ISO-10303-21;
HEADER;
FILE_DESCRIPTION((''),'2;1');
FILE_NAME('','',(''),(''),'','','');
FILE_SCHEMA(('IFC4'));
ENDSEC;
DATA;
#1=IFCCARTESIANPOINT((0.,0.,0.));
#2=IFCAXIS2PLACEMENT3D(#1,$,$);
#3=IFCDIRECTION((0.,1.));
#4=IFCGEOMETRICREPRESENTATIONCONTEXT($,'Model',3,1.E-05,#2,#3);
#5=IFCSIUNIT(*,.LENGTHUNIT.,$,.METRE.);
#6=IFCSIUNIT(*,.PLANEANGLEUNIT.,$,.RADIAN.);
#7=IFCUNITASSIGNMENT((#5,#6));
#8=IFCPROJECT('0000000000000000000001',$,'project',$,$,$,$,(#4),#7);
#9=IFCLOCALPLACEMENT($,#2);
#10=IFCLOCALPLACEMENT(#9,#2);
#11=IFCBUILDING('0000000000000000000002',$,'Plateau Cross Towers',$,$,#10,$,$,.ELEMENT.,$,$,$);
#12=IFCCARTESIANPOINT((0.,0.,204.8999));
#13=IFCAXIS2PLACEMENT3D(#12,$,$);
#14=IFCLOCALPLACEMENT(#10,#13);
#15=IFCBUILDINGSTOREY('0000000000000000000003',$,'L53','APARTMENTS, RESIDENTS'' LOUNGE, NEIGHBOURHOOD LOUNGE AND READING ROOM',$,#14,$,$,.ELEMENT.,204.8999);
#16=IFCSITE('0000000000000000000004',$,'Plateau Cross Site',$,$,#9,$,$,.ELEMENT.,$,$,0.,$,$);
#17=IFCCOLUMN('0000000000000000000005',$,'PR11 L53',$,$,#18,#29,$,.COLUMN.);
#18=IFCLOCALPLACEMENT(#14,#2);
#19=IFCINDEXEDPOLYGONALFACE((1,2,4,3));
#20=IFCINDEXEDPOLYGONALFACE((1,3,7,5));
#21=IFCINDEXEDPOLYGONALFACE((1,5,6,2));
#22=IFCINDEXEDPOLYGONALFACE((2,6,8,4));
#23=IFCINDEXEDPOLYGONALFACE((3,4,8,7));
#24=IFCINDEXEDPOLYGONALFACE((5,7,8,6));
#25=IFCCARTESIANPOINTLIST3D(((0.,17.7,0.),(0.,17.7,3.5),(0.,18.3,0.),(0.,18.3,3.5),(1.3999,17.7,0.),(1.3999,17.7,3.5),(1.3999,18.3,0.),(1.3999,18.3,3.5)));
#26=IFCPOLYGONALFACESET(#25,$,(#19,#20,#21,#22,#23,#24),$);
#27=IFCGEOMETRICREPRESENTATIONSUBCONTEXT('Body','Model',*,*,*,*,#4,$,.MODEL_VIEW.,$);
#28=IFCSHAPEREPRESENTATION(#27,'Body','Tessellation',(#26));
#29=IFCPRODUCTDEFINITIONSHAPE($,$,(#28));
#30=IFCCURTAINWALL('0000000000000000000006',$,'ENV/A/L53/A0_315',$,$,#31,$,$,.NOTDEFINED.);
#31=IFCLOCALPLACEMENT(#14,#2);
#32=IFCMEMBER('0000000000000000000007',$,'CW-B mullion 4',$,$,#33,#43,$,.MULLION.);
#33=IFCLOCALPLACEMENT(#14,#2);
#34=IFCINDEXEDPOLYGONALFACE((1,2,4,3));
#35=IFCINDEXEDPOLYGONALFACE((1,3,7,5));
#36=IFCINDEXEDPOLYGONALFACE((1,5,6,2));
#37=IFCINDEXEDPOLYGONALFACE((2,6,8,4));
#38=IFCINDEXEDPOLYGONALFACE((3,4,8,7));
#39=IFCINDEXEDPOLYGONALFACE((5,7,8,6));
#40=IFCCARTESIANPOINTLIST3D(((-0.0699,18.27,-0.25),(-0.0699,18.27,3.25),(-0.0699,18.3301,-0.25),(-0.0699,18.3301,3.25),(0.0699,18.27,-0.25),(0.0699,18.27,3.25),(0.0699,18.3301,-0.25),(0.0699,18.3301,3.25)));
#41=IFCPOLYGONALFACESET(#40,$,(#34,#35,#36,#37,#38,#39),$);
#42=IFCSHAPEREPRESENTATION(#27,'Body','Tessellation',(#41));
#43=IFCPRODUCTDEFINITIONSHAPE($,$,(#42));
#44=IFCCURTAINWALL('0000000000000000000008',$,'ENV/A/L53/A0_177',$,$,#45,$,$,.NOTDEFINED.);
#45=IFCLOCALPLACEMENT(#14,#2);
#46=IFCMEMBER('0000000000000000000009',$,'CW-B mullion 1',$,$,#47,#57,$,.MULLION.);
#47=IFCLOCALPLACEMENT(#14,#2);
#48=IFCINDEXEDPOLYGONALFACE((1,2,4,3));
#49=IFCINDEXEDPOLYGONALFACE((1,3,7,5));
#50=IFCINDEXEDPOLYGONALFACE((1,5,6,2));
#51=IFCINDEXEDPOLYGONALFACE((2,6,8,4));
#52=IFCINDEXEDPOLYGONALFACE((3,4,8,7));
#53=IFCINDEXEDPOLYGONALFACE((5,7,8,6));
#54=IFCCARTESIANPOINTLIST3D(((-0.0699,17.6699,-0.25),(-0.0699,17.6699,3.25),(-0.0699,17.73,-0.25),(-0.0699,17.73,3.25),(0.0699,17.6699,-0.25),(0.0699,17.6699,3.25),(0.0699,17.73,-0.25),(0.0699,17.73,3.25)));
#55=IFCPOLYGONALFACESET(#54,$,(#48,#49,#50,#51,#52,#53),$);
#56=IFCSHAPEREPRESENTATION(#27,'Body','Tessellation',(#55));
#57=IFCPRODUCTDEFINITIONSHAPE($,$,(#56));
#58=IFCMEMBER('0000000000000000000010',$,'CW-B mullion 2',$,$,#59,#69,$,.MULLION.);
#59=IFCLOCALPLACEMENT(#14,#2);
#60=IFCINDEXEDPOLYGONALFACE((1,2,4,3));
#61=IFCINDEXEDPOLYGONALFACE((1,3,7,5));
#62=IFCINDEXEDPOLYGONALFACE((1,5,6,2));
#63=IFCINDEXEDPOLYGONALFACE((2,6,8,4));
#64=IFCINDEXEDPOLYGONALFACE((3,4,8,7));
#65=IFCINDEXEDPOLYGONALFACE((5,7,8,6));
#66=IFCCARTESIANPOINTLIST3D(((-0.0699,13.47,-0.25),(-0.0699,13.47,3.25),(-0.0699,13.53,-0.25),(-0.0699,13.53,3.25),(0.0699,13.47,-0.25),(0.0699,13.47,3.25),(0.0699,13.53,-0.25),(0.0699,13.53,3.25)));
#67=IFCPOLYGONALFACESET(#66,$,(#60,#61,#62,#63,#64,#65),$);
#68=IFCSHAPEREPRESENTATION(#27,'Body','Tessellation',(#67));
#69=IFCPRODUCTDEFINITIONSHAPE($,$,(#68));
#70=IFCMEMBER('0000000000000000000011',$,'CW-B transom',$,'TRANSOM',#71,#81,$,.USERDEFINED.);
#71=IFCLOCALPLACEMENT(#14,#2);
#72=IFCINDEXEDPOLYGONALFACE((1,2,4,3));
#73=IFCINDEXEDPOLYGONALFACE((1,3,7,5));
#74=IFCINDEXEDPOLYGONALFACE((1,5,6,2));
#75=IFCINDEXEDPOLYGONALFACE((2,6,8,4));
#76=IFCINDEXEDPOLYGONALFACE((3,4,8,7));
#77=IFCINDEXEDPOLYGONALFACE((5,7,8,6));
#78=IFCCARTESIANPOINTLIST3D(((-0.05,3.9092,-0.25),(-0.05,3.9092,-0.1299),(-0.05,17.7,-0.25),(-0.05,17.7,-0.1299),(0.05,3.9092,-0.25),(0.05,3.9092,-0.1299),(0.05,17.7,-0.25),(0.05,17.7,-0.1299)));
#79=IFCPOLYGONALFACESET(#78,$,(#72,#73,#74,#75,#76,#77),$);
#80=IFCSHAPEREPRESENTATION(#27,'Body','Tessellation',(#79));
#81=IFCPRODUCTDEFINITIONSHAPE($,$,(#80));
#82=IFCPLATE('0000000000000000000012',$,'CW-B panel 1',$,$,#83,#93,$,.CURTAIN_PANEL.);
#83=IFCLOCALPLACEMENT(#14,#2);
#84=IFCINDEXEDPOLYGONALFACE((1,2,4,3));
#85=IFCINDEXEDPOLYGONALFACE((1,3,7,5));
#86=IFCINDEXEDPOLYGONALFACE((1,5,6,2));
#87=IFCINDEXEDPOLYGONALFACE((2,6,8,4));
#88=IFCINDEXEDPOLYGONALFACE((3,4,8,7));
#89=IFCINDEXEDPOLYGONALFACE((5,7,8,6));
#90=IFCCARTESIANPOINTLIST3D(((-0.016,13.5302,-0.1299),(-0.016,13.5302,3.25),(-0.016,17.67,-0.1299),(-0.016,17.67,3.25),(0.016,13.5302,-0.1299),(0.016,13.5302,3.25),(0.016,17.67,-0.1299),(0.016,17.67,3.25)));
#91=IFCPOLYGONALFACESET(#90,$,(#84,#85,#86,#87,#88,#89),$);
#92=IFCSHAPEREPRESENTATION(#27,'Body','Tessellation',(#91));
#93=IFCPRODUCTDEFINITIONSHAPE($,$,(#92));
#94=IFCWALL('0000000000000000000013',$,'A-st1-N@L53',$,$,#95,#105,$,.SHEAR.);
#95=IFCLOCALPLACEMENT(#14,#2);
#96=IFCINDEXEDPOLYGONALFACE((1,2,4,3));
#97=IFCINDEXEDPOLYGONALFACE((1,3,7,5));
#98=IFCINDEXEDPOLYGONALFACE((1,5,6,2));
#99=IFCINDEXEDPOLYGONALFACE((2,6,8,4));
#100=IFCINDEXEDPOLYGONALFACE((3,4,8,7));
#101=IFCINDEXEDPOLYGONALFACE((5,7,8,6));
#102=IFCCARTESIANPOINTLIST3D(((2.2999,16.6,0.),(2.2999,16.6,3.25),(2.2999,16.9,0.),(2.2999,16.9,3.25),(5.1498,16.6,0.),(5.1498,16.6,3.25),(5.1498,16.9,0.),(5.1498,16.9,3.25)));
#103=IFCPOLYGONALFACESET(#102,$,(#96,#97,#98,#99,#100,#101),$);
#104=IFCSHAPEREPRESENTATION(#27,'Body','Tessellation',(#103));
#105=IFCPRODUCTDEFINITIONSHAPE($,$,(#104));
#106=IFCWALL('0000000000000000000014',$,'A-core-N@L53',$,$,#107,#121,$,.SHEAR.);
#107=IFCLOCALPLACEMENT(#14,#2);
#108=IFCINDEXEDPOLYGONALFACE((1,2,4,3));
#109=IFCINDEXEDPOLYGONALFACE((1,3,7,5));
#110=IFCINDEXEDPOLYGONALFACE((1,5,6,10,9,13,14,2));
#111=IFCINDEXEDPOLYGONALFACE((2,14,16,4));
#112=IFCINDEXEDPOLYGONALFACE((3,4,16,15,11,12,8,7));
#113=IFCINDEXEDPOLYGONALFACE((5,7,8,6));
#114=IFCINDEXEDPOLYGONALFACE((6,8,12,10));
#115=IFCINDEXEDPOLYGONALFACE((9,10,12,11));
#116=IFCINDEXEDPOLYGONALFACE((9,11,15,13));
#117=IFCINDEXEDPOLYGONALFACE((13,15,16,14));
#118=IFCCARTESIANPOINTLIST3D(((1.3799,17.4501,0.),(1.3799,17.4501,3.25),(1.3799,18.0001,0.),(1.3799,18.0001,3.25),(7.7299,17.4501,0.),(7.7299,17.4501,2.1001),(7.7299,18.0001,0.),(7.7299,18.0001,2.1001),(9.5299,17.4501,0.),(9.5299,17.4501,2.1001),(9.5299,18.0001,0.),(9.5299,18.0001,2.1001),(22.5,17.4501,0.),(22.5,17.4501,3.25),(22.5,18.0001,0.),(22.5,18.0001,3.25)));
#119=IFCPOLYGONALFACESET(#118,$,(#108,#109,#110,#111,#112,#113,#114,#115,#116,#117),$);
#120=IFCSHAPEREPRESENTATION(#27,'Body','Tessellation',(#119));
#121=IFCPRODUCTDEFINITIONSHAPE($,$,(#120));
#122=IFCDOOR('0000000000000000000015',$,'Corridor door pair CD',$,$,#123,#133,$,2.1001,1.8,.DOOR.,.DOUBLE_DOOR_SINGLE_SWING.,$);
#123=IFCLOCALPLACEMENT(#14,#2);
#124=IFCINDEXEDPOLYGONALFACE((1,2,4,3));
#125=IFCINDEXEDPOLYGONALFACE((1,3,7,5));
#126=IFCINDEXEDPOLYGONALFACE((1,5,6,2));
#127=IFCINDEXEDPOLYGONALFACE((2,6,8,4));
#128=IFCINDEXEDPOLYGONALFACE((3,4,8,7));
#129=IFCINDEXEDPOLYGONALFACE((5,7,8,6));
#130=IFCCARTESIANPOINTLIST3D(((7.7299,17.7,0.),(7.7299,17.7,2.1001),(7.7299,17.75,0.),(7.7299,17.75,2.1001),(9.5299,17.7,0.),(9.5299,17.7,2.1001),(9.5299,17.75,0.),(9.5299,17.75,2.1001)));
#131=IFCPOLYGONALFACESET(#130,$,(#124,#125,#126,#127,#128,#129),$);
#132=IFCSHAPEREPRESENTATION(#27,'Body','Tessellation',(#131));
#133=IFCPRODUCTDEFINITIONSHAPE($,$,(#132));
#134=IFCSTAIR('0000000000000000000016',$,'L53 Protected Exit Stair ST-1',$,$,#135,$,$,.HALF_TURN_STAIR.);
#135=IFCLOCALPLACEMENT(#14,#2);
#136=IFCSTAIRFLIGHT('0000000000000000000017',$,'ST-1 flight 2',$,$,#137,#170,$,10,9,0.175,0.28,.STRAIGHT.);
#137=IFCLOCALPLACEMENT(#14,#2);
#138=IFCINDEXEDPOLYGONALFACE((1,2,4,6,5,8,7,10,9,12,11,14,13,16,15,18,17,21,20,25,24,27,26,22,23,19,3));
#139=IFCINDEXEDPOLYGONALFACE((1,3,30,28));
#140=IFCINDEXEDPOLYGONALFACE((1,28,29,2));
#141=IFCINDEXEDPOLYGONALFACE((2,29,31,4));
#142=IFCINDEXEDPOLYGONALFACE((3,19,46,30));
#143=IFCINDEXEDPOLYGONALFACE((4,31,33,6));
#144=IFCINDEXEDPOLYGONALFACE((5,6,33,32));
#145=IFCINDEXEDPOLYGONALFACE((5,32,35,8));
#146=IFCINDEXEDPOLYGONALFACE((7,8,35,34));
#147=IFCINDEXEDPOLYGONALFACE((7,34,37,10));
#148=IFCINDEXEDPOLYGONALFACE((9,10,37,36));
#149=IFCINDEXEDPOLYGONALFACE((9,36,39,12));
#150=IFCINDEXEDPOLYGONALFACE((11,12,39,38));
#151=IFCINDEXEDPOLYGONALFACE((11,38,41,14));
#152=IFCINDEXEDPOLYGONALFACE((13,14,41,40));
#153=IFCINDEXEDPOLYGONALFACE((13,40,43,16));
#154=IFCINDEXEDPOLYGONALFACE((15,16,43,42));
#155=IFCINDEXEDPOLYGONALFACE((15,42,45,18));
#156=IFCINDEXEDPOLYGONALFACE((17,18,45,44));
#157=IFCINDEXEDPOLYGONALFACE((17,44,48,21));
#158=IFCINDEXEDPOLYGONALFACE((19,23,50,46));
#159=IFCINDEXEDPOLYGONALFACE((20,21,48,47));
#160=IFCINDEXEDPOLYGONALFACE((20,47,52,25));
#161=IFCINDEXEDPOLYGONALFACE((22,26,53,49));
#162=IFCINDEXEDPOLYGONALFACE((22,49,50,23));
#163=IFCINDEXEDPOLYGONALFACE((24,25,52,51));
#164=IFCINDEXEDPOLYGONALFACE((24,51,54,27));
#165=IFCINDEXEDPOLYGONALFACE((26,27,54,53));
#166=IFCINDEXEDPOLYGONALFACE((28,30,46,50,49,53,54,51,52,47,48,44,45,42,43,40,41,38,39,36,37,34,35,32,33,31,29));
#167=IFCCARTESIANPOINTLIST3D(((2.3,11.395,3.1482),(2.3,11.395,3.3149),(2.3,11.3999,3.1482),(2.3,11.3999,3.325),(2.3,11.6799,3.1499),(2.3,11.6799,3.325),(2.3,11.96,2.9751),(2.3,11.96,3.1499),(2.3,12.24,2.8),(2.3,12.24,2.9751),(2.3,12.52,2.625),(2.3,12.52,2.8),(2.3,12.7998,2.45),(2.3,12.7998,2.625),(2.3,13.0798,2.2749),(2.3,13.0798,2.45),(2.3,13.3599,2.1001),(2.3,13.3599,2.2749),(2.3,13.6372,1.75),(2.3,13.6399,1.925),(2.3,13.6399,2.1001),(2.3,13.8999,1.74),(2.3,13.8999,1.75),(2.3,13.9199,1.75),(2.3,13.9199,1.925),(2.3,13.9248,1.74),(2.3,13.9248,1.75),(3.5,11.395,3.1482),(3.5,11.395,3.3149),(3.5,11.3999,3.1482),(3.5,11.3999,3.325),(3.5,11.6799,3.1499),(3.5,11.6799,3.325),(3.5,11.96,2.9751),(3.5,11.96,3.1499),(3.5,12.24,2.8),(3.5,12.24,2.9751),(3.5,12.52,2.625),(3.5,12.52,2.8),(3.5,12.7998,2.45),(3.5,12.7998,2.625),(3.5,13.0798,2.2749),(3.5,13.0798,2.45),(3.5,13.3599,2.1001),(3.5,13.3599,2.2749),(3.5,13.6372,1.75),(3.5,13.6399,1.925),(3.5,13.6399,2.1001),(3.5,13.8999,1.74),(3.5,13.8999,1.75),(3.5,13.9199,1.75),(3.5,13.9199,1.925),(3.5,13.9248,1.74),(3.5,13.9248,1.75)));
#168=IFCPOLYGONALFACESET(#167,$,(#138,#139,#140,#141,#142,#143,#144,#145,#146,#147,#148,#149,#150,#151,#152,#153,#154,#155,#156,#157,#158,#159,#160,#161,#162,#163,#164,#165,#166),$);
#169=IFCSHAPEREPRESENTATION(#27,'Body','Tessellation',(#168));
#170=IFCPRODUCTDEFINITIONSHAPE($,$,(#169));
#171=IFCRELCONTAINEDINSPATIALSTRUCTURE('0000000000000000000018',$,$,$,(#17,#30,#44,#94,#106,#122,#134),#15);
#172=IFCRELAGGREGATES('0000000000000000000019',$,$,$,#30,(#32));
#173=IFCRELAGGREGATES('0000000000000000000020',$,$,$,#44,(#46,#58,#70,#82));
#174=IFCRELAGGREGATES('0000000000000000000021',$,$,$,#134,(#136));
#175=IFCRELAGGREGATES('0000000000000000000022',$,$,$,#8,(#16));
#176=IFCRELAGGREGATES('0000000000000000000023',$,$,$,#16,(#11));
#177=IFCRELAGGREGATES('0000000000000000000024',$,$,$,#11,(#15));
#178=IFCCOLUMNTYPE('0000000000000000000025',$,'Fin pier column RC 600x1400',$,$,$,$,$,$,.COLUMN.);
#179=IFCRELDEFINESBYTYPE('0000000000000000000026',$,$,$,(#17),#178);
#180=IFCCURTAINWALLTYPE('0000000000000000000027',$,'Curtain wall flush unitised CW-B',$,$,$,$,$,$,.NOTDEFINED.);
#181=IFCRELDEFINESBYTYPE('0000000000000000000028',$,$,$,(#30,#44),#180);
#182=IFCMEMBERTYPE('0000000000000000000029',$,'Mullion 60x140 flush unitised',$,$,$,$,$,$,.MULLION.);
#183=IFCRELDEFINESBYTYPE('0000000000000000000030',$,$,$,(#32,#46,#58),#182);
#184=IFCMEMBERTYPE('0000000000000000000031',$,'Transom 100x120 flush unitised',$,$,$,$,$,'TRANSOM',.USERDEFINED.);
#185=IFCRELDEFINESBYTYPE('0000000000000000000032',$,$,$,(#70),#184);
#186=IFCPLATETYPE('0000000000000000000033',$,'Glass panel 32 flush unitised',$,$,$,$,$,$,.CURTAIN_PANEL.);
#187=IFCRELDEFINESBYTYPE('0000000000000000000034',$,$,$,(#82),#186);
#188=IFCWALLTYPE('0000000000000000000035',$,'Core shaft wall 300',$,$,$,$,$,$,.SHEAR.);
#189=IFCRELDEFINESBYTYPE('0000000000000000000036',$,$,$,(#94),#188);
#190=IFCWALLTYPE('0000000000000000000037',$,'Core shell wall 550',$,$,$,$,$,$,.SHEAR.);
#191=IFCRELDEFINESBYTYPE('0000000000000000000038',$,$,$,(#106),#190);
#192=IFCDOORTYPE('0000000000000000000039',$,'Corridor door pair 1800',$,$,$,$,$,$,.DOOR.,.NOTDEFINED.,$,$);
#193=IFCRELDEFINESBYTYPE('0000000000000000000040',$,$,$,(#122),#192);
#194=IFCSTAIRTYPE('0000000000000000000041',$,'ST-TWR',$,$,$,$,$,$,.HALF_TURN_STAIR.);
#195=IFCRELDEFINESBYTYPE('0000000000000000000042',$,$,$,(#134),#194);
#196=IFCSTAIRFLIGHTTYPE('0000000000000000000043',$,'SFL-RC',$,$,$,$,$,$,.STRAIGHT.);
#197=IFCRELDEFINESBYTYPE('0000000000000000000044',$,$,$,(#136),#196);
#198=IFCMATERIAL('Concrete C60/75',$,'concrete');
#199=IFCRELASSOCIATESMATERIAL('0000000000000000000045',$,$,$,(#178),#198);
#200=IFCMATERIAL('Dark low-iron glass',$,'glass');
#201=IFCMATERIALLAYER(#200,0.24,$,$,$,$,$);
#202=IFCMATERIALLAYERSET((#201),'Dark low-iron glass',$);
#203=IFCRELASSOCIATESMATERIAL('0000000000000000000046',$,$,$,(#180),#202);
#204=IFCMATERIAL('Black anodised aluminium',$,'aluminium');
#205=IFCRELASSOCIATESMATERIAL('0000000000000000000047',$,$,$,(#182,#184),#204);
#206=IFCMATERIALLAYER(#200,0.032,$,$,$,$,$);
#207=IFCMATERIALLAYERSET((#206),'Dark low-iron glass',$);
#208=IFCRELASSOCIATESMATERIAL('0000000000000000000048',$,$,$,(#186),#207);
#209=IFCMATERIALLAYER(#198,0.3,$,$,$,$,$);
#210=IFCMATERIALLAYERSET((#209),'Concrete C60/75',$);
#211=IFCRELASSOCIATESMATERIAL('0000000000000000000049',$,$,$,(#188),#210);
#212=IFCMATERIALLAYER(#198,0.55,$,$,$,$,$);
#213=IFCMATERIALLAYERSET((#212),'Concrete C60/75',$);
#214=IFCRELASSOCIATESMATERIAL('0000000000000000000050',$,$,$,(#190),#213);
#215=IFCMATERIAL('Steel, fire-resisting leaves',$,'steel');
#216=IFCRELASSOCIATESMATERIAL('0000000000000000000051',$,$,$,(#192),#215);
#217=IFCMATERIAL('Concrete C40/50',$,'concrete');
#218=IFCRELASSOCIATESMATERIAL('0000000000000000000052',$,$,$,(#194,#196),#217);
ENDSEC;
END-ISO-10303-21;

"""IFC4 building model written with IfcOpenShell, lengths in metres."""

from ifc_helpers import new_model, si_unit, direction, frame, frame_2d, origin, origin_2d, place, context, subcontext, project, spatial, polyline, rectangle, outline, extrude, material, layer, layer_set, material_profile, profile_set, type_object, element, fill, aggregate, save


model = new_model("IFC4")

# Units and contexts
model_context = context("Model", 3, precision=1e-05, world=origin(), true_north=direction((0.0, 1.0)))
body_context = subcontext(model_context, "Body", "Model", "MODEL_VIEW")
ifc_project = project(units=[si_unit("LENGTHUNIT", "METRE"), si_unit("PLANEANGLEUNIT", "RADIAN")], contexts=[model_context])

# Site, building, storey
site_placement = place(None, origin())
site = spatial("IfcSite", under=ifc_project, at=site_placement, Name="Plateau Cross Site", CompositionType="ELEMENT", RefElevation=0.0)
building_placement = place(site_placement, origin())
building = spatial("IfcBuilding", under=site, at=building_placement, Name="Plateau Cross Towers", CompositionType="ELEMENT")
storey_placement = place(building_placement, frame((0.0, 0.0, 204.8999)))
storey = spatial("IfcBuildingStorey", under=building, at=storey_placement, Name="L53", Description="APARTMENTS, RESIDENTS' LOUNGE, NEIGHBOURHOOD LOUNGE AND READING ROOM", CompositionType="ELEMENT", Elevation=204.8999)

# Column
ifc_material_1 = material(Name="Concrete C60/75", Category="concrete")
ifc_material_profile_1 = material_profile(ifc_material_1, rectangle(XDim=0.6001, YDim=1.3999, at=origin_2d()), Name="RC 600x1400")
ifc_profile_set_1 = profile_set([ifc_material_profile_1], Name="Concrete C60/75")
column_type = type_object("IfcColumnType", Name="Fin pier column RC 600x1400", PredefinedType="COLUMN", material=ifc_profile_set_1)
column_placement = place(storey_placement, frame((0.7, 18.0, 0.0), z_axis=(0.0, 0.0, 1.0), x_axis=(0.0, 1.0, 0.0)))
element("IfcColumn", 1, at=column_placement, inside=storey, type_object=column_type, Name="PR11 L53", PredefinedType="COLUMN", context=body_context, shape_type="SweptSolid", body=[
    extrude(rectangle(XDim=0.6001, YDim=1.3999, at=origin_2d()), origin(), (0.0, 0.0, 1.0), 3.5),
])

# Curtain wall, member
ifc_material_2 = material(Name="Dark low-iron glass", Category="glass")
ifc_layer_1 = layer(ifc_material_2, 0.24)
ifc_layer_set_1 = layer_set([ifc_layer_1], Name="Dark low-iron glass")
curtain_wall_type = type_object("IfcCurtainWallType", Name="Curtain wall flush unitised CW-B", PredefinedType="NOTDEFINED", material=ifc_layer_set_1)
curtain_wall_1_placement = place(storey_placement, origin())
curtain_wall_1 = element("IfcCurtainWall", 2, at=curtain_wall_1_placement, inside=storey, type_object=curtain_wall_type, Name="ENV/A/L53/A0_315", PredefinedType="NOTDEFINED")
ifc_material_3 = material(Name="Black anodised aluminium", Category="aluminium")
ifc_material_profile_2 = material_profile(ifc_material_3, rectangle(XDim=0.0601, YDim=0.1399, at=origin_2d()), Name="MULLION 60x140")
ifc_profile_set_2 = profile_set([ifc_material_profile_2], Name="Black anodised aluminium")
member_type_1 = type_object("IfcMemberType", Name="Mullion 60x140 flush unitised", PredefinedType="MULLION", material=ifc_profile_set_2)
member_1_placement = place(storey_placement, frame((0.0, 18.3, -0.25), z_axis=(0.0, 0.0, 1.0), x_axis=(0.0, -1.0, 0.0)))
member_1 = element("IfcMember", 3, at=member_1_placement, type_object=member_type_1, Name="CW-B mullion 4", PredefinedType="MULLION", context=body_context, shape_type="SweptSolid", body=[
    extrude(rectangle(XDim=0.0601, YDim=0.1399, at=origin_2d()), origin(), (0.0, 0.0, 1.0), 3.5),
])
aggregate(curtain_wall_1, [member_1])

# Curtain wall, members, plate
curtain_wall_2_placement = place(storey_placement, origin())
curtain_wall_2 = element("IfcCurtainWall", 4, at=curtain_wall_2_placement, inside=storey, type_object=curtain_wall_type, Name="ENV/A/L53/A0_177", PredefinedType="NOTDEFINED")
member_2_placement = place(storey_placement, frame((0.0, 17.7, -0.25), z_axis=(0.0, 0.0, 1.0), x_axis=(0.0, -1.0, 0.0)))
member_2 = element("IfcMember", 5, at=member_2_placement, type_object=member_type_1, Name="CW-B mullion 1", PredefinedType="MULLION", context=body_context, shape_type="SweptSolid", body=[
    extrude(rectangle(XDim=0.0601, YDim=0.1399, at=origin_2d()), origin(), (0.0, 0.0, 1.0), 3.5),
])
member_3_placement = place(storey_placement, frame((0.0, 13.5, -0.25), z_axis=(0.0, 0.0, 1.0), x_axis=(0.0, -1.0, 0.0)))
member_3 = element("IfcMember", 6, at=member_3_placement, type_object=member_type_1, Name="CW-B mullion 2", PredefinedType="MULLION", context=body_context, shape_type="SweptSolid", body=[
    extrude(rectangle(XDim=0.0601, YDim=0.1399, at=origin_2d()), origin(), (0.0, 0.0, 1.0), 3.5),
])
ifc_material_profile_3 = material_profile(ifc_material_3, rectangle(XDim=0.1001, YDim=0.1201, at=origin_2d()), Name="TRANSOM 100x120")
ifc_profile_set_3 = profile_set([ifc_material_profile_3], Name="Black anodised aluminium")
member_type_2 = type_object("IfcMemberType", Name="Transom 100x120 flush unitised", ElementType="TRANSOM", PredefinedType="USERDEFINED", material=ifc_profile_set_3)
member_4_placement = place(storey_placement, frame((0.0, 17.7, -0.1899), z_axis=(0.0, -1.0, 0.0), x_axis=(1.0, 0.0, 0.0)))
member_4 = element("IfcMember", 7, at=member_4_placement, type_object=member_type_2, Name="CW-B transom", ObjectType="TRANSOM", PredefinedType="USERDEFINED", context=body_context, shape_type="SweptSolid", body=[
    extrude(rectangle(XDim=0.1001, YDim=0.1201, at=origin_2d()), origin(), (0.0, 0.0, 1.0), 13.7908),
])
ifc_layer_2 = layer(ifc_material_2, 0.032)
ifc_layer_set_2 = layer_set([ifc_layer_2], Name="Dark low-iron glass")
plate_type = type_object("IfcPlateType", Name="Glass panel 32 flush unitised", PredefinedType="CURTAIN_PANEL", material=ifc_layer_set_2)
plate_placement = place(storey_placement, frame((0.0, 15.6001, -0.1299), z_axis=(0.0, 0.0, 1.0), x_axis=(0.0, -1.0, 0.0)))
plate = element("IfcPlate", 8, at=plate_placement, type_object=plate_type, Name="CW-B panel 1", PredefinedType="CURTAIN_PANEL", context=body_context, shape_type="SweptSolid", body=[
    extrude(rectangle(XDim=4.1399, YDim=0.032, at=origin_2d()), origin(), (0.0, 0.0, 1.0), 3.3799),
])
aggregate(curtain_wall_2, [member_2, member_3, member_4, plate])

# Wall
ifc_layer_3 = layer(ifc_material_1, 0.3)
ifc_layer_set_3 = layer_set([ifc_layer_3], Name="Concrete C60/75")
wall_type_1 = type_object("IfcWallType", Name="Core shaft wall 300", PredefinedType="SHEAR", material=ifc_layer_set_3)
wall_1_placement = place(storey_placement, frame((2.3, 16.75, 0.0), z_axis=(0.0, 0.0, 1.0), x_axis=(1.0, 0.0, 0.0)))
element("IfcWall", 9, at=wall_1_placement, inside=storey, type_object=wall_type_1, Name="A-st1-N@L53", PredefinedType="SHEAR", context=body_context, shape_type="SweptSolid", body=[
    extrude(rectangle(XDim=2.8499, YDim=0.3, at=frame_2d((1.4248, 0.0))), origin(), (0.0, 0.0, 1.0), 3.25),
])

# Wall, opening, door
ifc_layer_4 = layer(ifc_material_1, 0.55)
ifc_layer_set_4 = layer_set([ifc_layer_4], Name="Concrete C60/75")
wall_type_2 = type_object("IfcWallType", Name="Core shell wall 550", PredefinedType="SHEAR", material=ifc_layer_set_4)
wall_2_placement = place(storey_placement, frame((1.3799, 17.7251, 0.0), z_axis=(0.0, 0.0, 1.0), x_axis=(1.0, 0.0, 0.0)))
wall_2 = element("IfcWall", 10, at=wall_2_placement, inside=storey, type_object=wall_type_2, Name="A-core-N@L53", PredefinedType="SHEAR", context=body_context, shape_type="SweptSolid", body=[
    extrude(rectangle(XDim=21.1201, YDim=0.55, at=frame_2d((10.5601, 0.0))), origin(), (0.0, 0.0, 1.0), 3.25),
])
opening_placement = place(wall_2_placement, frame((6.3501, 0.0, 0.0)))
opening = element("IfcOpeningElement", 11, at=opening_placement, cuts=wall_2, PredefinedType="OPENING", context=body_context, shape_type="SweptSolid", body=[
    extrude(rectangle(XDim=1.8, YDim=2.1001, at=frame_2d((0.8999, 1.05))), frame((0.0, 0.2849, 0.0), z_axis=(0.0, -1.0, 0.0), x_axis=(1.0, 0.0, 0.0)), (0.0, 0.0, 1.0), 0.5701),
])
ifc_material_4 = material(Name="Steel, fire-resisting leaves", Category="steel")
door_type = type_object("IfcDoorType", Name="Corridor door pair 1800", OperationType="NOTDEFINED", PredefinedType="DOOR", material=ifc_material_4)
door_placement = place(opening_placement, origin())
door = element("IfcDoor", 12, at=door_placement, inside=storey, type_object=door_type, Name="Corridor door pair CD", OperationType="DOUBLE_DOOR_SINGLE_SWING", OverallHeight=2.1001, OverallWidth=1.8, PredefinedType="DOOR", context=body_context, shape_type="SweptSolid", body=[
    extrude(rectangle(XDim=1.8, YDim=2.1001, at=frame_2d((0.8999, 1.05))), frame((0.0, 0.0249, 0.0), z_axis=(0.0, -1.0, 0.0), x_axis=(1.0, 0.0, 0.0)), (0.0, 0.0, 1.0), 0.05),
])
fill(opening, door)

# Stair, stair flight
ifc_material_5 = material(Name="Concrete C40/50", Category="concrete")
stair_type = type_object("IfcStairType", Name="ST-TWR", PredefinedType="HALF_TURN_STAIR", material=ifc_material_5)
stair_placement = place(storey_placement, origin())
stair = element("IfcStair", 13, at=stair_placement, inside=storey, type_object=stair_type, Name="L53 Protected Exit Stair ST-1", PredefinedType="HALF_TURN_STAIR")
stair_flight_type = type_object("IfcStairFlightType", Name="SFL-RC", PredefinedType="STRAIGHT", material=ifc_material_5)
stair_flight_placement = place(storey_placement, frame((2.8999, 13.9199, 1.75), z_axis=(0.0, 0.0, 1.0), x_axis=(0.0, -1.0, 0.0)))
stair_flight = element("IfcStairFlight", 14, at=stair_flight_placement, type_object=stair_flight_type, Name="ST-1 flight 2", NumberOfRisers=10, NumberOfTreads=9, PredefinedType="STRAIGHT", RiserHeight=0.175, TreadLength=0.28, context=body_context, shape_type="SweptSolid", body=[
    extrude(outline(polyline([(-0.0049, -0.01), (-0.0049, 0.0), (0.0, 0.0), (0.0, 0.175), (0.28, 0.175), (0.28, 0.3501), (0.5601, 0.3501), (0.5601, 0.5249), (0.8401, 0.5249), (0.8401, 0.7), (1.1201, 0.7), (1.1201, 0.875), (1.3999, 0.875), (1.3999, 1.05), (1.6799, 1.05), (1.6799, 1.2251), (1.96, 1.2251), (1.96, 1.3999), (2.24, 1.3999), (2.24, 1.575), (2.52, 1.575), (2.5249, 1.5649), (2.5249, 1.3982), (2.52, 1.3982), (0.2827, 0.0), (0.02, 0.0), (0.02, -0.01), (-0.0049, -0.01)])), frame((0.0, 0.6001, 0.0), z_axis=(0.0, -1.0, 0.0), x_axis=(1.0, 0.0, 0.0)), (0.0, 0.0, 1.0), 1.2),
])
aggregate(stair, [stair_flight])

save(model, "model.ifc")
